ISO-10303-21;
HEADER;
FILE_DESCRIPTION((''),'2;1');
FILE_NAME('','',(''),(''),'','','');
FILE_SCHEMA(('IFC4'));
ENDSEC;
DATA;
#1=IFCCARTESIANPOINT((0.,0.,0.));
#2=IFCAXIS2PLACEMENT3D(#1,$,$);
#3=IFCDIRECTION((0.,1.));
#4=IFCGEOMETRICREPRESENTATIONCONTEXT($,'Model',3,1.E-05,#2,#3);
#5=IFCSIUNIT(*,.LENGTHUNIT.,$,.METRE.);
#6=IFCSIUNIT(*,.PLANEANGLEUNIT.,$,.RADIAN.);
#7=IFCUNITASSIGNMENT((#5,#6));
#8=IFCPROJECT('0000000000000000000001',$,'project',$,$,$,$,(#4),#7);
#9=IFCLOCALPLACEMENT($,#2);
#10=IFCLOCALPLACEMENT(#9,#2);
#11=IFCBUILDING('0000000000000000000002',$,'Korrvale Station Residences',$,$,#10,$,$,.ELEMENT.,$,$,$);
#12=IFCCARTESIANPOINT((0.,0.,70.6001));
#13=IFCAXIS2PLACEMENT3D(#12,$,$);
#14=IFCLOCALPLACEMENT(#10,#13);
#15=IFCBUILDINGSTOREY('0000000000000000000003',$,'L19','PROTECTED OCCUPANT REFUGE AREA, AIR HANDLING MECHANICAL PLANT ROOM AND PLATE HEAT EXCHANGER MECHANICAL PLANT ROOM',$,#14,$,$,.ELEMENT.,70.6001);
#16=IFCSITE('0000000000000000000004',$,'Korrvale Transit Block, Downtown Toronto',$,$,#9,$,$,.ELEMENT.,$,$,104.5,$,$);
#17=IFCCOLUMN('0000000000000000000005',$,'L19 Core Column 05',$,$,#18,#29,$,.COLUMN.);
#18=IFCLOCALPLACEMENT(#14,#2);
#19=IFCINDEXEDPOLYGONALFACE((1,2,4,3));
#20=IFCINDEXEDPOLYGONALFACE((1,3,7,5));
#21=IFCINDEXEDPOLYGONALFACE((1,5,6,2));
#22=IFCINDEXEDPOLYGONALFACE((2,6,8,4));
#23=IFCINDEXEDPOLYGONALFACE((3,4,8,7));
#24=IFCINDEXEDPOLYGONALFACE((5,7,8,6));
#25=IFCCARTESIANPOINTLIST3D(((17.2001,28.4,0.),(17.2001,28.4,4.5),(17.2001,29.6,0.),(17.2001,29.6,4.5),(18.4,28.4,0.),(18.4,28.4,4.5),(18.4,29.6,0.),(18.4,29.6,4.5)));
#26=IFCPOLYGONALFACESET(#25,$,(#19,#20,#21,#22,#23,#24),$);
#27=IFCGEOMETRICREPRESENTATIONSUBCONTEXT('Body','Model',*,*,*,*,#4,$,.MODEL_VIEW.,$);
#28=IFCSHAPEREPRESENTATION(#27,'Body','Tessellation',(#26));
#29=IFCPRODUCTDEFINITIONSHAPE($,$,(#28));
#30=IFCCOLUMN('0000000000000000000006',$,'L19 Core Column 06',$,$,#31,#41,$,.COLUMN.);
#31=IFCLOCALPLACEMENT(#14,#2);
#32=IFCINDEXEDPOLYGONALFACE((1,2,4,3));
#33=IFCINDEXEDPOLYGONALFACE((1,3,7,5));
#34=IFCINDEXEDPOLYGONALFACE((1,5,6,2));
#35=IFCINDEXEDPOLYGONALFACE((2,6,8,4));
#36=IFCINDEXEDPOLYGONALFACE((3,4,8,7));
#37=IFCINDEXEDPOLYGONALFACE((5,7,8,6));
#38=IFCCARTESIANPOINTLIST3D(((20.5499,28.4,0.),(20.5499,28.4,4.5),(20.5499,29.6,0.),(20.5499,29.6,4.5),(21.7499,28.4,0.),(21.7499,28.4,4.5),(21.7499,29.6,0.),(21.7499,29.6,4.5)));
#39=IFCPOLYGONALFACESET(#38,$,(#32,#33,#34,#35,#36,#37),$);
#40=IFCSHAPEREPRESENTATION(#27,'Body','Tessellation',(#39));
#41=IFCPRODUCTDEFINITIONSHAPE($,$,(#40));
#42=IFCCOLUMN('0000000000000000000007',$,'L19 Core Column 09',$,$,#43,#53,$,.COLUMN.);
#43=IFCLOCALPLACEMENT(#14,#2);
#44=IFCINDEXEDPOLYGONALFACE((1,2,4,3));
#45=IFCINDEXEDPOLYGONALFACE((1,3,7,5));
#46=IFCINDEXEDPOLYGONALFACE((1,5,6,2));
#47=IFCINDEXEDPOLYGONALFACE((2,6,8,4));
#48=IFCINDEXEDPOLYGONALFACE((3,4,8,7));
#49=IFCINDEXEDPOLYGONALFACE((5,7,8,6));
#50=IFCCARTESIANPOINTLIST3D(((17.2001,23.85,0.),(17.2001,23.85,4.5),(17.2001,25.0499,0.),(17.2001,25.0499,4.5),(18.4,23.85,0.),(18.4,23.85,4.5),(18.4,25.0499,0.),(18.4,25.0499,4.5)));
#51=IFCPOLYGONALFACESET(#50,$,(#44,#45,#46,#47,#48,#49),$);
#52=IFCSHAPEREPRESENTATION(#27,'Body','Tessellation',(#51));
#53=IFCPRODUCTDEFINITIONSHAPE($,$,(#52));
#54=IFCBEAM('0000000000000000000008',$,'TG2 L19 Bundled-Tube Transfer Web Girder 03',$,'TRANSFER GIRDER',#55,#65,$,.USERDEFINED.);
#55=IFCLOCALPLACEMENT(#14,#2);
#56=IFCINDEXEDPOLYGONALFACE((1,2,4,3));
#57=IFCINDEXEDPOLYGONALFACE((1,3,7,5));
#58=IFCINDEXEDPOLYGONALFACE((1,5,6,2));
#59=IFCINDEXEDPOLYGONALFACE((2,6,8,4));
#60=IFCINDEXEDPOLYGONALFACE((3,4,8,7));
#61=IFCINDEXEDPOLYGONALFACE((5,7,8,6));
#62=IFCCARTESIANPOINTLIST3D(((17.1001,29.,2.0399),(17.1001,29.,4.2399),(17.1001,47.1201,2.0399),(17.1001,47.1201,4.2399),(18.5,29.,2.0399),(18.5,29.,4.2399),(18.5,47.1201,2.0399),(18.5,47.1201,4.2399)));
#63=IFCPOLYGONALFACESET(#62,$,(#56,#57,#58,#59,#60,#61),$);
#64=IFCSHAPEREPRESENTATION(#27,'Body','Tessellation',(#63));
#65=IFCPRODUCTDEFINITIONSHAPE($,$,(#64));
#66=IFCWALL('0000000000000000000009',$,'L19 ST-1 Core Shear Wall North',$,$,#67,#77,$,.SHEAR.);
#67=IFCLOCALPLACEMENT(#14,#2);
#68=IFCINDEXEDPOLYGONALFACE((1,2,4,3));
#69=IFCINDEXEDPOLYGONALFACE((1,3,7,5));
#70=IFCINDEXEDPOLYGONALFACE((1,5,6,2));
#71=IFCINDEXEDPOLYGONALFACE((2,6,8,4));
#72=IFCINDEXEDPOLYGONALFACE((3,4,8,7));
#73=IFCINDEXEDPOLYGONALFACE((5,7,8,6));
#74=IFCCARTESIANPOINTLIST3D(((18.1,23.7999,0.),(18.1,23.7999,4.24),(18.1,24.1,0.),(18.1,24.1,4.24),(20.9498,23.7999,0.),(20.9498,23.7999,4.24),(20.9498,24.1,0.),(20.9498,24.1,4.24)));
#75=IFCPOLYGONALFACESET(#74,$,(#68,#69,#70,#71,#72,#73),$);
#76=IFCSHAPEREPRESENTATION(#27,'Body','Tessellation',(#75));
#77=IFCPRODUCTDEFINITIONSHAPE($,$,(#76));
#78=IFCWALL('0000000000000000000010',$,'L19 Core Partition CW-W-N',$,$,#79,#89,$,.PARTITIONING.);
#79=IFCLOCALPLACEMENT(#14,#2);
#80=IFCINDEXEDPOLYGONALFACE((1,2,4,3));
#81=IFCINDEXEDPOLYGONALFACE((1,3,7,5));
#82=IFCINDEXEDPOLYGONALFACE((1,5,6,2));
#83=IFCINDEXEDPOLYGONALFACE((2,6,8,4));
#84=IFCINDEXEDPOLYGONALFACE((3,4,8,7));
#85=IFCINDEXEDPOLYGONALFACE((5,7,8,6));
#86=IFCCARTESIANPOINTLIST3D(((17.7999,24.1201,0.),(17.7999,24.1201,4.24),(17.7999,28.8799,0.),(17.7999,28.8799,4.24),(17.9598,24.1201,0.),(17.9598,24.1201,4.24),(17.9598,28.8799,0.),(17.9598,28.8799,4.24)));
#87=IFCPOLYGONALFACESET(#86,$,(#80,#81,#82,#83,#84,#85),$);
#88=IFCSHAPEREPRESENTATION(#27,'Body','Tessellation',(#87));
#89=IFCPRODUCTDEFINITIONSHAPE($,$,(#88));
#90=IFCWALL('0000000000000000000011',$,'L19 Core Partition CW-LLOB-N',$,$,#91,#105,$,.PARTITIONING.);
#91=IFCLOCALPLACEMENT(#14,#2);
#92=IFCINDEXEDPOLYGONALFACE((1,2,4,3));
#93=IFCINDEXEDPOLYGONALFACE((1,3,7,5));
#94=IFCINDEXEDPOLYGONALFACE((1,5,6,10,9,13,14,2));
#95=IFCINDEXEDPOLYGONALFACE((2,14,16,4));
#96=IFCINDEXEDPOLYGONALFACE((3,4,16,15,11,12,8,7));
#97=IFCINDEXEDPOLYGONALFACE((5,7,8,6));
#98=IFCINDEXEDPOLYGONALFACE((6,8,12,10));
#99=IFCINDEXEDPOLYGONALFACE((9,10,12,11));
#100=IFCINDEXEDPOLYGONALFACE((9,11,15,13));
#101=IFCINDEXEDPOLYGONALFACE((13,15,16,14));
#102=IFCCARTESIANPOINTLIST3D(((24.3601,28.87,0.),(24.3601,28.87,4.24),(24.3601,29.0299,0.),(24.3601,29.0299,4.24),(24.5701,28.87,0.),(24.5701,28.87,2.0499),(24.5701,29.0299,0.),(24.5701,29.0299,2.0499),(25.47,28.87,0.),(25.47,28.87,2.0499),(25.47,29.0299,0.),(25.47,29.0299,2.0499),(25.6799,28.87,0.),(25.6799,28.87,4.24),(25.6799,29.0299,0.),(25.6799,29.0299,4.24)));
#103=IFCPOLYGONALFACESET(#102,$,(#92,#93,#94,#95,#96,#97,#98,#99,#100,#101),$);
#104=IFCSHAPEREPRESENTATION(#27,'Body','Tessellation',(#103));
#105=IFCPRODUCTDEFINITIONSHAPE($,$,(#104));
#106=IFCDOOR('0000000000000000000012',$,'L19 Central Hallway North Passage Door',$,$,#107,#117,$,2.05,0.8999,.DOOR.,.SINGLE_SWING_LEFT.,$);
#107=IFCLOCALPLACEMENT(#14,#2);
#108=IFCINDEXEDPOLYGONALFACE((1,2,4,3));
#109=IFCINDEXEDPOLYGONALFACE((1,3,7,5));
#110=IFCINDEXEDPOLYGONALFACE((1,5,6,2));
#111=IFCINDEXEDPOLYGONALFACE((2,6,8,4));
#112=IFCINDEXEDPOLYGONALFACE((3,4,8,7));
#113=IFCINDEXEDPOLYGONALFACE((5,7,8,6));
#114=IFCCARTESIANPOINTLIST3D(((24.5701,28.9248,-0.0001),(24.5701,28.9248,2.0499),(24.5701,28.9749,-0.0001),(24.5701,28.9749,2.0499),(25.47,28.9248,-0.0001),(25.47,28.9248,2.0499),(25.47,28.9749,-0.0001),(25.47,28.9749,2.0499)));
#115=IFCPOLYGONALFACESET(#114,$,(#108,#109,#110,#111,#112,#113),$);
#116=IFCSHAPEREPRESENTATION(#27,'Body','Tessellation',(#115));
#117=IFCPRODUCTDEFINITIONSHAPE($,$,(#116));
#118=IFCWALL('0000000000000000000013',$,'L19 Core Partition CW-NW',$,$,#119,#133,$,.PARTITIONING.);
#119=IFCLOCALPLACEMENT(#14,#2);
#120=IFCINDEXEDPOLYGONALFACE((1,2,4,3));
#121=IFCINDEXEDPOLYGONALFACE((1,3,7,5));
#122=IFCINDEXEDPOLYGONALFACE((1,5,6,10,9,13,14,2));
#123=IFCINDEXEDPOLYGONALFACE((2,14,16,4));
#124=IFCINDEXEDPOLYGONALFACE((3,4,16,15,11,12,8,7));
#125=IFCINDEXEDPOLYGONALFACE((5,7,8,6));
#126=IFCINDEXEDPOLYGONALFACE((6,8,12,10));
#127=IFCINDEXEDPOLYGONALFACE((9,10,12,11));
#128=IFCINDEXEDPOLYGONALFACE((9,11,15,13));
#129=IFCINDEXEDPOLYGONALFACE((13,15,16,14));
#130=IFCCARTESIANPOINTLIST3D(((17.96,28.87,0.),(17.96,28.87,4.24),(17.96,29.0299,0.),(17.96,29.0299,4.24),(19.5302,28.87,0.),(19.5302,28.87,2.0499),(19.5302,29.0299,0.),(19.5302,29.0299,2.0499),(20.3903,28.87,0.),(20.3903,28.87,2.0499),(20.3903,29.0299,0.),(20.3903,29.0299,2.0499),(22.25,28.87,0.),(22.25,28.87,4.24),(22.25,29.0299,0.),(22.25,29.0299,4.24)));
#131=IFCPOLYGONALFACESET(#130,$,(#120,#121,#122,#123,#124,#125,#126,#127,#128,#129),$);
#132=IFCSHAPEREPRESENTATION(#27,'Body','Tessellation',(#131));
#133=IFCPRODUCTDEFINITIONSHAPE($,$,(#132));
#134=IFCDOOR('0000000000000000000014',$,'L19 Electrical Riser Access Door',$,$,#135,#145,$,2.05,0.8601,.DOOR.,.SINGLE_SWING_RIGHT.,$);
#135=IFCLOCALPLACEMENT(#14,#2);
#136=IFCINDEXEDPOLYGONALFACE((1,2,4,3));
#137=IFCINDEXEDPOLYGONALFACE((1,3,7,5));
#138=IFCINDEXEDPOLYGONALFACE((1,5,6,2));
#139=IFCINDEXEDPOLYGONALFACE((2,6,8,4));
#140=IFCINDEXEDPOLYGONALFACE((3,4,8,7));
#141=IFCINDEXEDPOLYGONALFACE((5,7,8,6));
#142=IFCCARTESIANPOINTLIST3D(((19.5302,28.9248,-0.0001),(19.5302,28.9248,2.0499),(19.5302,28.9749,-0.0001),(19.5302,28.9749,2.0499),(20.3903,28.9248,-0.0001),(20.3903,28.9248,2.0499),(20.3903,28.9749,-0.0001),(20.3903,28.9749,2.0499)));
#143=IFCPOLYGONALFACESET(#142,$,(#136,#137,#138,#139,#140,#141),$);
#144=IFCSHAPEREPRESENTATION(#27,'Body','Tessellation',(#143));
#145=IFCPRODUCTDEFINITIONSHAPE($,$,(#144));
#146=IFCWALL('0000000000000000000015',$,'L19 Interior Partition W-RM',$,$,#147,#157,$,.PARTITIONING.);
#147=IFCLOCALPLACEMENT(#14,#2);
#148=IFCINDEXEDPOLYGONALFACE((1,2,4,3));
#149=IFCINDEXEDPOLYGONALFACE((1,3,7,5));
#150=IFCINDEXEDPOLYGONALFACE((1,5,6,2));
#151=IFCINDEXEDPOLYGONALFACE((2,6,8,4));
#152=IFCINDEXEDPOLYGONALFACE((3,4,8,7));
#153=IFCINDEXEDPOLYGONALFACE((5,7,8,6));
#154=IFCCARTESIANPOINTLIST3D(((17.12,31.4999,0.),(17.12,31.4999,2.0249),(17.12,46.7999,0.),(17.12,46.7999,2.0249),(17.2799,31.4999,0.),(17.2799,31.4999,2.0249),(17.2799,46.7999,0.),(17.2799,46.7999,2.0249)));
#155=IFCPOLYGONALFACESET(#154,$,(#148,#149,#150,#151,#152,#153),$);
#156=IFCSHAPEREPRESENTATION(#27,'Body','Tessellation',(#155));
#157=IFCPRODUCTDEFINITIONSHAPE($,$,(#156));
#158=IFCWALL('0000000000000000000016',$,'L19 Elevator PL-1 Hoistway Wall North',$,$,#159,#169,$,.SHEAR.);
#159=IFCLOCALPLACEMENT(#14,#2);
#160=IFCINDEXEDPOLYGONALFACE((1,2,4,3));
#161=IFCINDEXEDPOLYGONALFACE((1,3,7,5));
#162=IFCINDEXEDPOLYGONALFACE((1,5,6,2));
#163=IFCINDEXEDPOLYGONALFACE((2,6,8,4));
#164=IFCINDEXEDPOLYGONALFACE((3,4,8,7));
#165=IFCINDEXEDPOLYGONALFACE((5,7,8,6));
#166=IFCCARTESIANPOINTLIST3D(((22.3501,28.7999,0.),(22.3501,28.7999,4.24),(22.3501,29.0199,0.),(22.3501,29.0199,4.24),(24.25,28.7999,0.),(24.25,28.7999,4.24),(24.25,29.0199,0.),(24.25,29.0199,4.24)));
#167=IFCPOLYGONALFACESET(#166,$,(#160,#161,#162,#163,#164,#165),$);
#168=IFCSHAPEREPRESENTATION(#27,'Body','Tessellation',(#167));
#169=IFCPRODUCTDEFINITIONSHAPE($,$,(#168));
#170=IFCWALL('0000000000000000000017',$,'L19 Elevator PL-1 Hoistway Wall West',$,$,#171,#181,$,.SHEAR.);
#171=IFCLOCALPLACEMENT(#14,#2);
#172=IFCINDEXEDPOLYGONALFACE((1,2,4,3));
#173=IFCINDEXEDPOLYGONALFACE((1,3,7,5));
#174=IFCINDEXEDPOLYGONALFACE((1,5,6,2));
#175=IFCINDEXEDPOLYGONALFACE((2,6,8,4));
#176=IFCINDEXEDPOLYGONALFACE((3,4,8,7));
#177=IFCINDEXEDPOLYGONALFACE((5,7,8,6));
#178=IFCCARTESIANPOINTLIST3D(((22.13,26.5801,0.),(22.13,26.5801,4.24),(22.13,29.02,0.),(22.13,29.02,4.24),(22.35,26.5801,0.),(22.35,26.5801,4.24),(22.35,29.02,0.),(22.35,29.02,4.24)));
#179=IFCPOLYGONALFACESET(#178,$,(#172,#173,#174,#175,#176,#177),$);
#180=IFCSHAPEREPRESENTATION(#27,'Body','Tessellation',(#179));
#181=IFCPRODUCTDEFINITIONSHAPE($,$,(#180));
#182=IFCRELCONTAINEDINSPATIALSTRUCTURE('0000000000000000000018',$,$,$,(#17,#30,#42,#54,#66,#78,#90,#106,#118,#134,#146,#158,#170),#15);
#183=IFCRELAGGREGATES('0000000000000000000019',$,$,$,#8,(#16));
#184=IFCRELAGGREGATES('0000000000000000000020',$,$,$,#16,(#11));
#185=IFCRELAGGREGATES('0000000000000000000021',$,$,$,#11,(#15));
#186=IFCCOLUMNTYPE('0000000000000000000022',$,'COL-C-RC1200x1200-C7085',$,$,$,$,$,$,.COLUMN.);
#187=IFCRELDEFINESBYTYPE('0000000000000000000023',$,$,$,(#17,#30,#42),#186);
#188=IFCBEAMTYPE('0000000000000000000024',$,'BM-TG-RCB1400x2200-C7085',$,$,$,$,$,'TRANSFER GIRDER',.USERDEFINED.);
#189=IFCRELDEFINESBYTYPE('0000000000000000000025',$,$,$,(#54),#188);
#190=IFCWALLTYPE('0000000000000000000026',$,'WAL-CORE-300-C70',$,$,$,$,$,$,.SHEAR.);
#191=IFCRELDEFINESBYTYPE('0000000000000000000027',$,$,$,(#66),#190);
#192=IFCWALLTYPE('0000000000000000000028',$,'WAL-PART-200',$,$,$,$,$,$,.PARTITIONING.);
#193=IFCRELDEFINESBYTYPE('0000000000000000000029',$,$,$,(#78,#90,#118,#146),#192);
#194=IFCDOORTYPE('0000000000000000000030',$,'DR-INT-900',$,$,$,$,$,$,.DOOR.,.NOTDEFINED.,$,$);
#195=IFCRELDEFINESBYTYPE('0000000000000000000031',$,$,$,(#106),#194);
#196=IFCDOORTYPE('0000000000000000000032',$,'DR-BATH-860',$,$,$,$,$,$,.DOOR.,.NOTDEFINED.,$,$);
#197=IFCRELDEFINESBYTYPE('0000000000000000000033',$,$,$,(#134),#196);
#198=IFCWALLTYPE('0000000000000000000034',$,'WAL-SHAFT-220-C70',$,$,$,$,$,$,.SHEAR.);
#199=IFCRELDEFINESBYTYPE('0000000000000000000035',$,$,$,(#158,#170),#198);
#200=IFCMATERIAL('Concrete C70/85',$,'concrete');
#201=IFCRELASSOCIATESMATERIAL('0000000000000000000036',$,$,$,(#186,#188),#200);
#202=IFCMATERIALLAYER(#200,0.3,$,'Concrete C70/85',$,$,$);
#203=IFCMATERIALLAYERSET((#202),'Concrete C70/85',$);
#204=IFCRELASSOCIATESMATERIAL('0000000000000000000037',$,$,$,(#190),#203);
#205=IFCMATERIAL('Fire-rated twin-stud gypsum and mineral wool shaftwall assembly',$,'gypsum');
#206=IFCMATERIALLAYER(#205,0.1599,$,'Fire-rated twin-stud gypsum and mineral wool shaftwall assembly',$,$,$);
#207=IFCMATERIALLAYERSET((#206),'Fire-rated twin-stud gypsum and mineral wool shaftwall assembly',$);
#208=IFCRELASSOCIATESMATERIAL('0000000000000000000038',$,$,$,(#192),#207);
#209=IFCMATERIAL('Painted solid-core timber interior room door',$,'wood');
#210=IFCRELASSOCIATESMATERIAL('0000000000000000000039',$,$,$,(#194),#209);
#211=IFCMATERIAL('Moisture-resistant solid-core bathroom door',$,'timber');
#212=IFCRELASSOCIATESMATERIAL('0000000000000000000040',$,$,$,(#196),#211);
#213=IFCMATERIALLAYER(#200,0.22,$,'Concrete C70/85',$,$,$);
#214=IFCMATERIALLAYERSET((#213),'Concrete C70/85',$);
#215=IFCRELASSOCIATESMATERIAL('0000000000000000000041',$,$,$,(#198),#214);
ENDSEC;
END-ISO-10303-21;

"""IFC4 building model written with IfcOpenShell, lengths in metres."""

from ifc_helpers import new_model, si_unit, direction, frame, frame_2d, origin, origin_2d, place, context, subcontext, project, spatial, rectangle, extrude, material, layer, layer_set, material_profile, profile_set, type_object, element, fill, save


model = new_model("IFC4")

# Units and contexts
model_context = context("Model", 3, precision=1e-05, world=origin(), true_north=direction((0.0, 1.0)))
body_context = subcontext(model_context, "Body", "Model", "MODEL_VIEW")
ifc_project = project(units=[si_unit("LENGTHUNIT", "METRE"), si_unit("PLANEANGLEUNIT", "RADIAN")], contexts=[model_context])

# Site, building, storey
site_placement = place(None, origin())
site = spatial("IfcSite", under=ifc_project, at=site_placement, Name="Korrvale Transit Block, Downtown Toronto", CompositionType="ELEMENT", RefElevation=104.5)
building_placement = place(site_placement, origin())
building = spatial("IfcBuilding", under=site, at=building_placement, Name="Korrvale Station Residences", CompositionType="ELEMENT")
storey_placement = place(building_placement, frame((0.0, 0.0, 70.6001)))
storey = spatial("IfcBuildingStorey", under=building, at=storey_placement, Name="L19", Description="PROTECTED OCCUPANT REFUGE AREA, AIR HANDLING MECHANICAL PLANT ROOM AND PLATE HEAT EXCHANGER MECHANICAL PLANT ROOM", CompositionType="ELEMENT", Elevation=70.6001)

# Columns
ifc_material_1 = material(Name="Concrete C70/85", Category="concrete")
ifc_material_profile_1 = material_profile(ifc_material_1, rectangle(XDim=1.2, YDim=1.2, at=origin_2d()), Name="RC1200x1200")
ifc_profile_set_1 = profile_set([ifc_material_profile_1], Name="Concrete C70/85")
column_type = type_object("IfcColumnType", Name="COL-C-RC1200x1200-C7085", PredefinedType="COLUMN", material=ifc_profile_set_1)
for number, where, z_axis, x_axis, name in (
    (1, (17.8, 29.0, 0.0), (0.0, 0.0, 1.0), (1.0, 0.0, 0.0), "L19 Core Column 05"),
    (2, (21.1499, 29.0, 0.0), (0.0, 0.0, 1.0), (1.0, 0.0, 0.0), "L19 Core Column 06"),
    (3, (17.8, 24.45, 0.0), (0.0, 0.0, 1.0), (1.0, 0.0, 0.0), "L19 Core Column 09"),
):
    element("IfcColumn", number, at=place(storey_placement, frame(where, z_axis=z_axis, x_axis=x_axis)), inside=storey, type_object=column_type, Name=name, PredefinedType="COLUMN", context=body_context, shape_type="SweptSolid", body=[
        extrude(rectangle(XDim=1.2, YDim=1.2, at=origin_2d()), origin(), (0.0, 0.0, 1.0), 4.5),
    ])

# Beam
ifc_material_profile_2 = material_profile(ifc_material_1, rectangle(XDim=1.3999, YDim=2.2, at=origin_2d()), Name="RCB1400x2200")
ifc_profile_set_2 = profile_set([ifc_material_profile_2], Name="Concrete C70/85")
beam_type = type_object("IfcBeamType", Name="BM-TG-RCB1400x2200-C7085", ElementType="TRANSFER GIRDER", PredefinedType="USERDEFINED", material=ifc_profile_set_2)
beam_placement = place(storey_placement, frame((17.8, 29.0, 3.1399), z_axis=(0.0, 1.0, 0.0), x_axis=(-1.0, 0.0, 0.0)))
element("IfcBeam", 4, at=beam_placement, inside=storey, type_object=beam_type, Name="TG2 L19 Bundled-Tube Transfer Web Girder 03", ObjectType="TRANSFER GIRDER", PredefinedType="USERDEFINED", context=body_context, shape_type="SweptSolid", body=[
    extrude(rectangle(XDim=1.3999, YDim=2.2, at=origin_2d()), origin(), (0.0, 0.0, 1.0), 18.1201),
])

# Walls
ifc_layer_1 = layer(ifc_material_1, 0.3, Name="Concrete C70/85")
ifc_layer_set_1 = layer_set([ifc_layer_1], Name="Concrete C70/85")
wall_type_1 = type_object("IfcWallType", Name="WAL-CORE-300-C70", PredefinedType="SHEAR", material=ifc_layer_set_1)
wall_1_placement = place(storey_placement, frame((18.1001, 23.95, 0.0), z_axis=(0.0, 0.0, 1.0), x_axis=(1.0, 0.0, 0.0)))
element("IfcWall", 5, at=wall_1_placement, inside=storey, type_object=wall_type_1, Name="L19 ST-1 Core Shear Wall North", PredefinedType="SHEAR", context=body_context, shape_type="SweptSolid", body=[
    extrude(rectangle(XDim=2.8499, YDim=0.3, at=frame_2d((1.4248, 0.0))), origin(), (0.0, 0.0, 1.0), 4.24),
])
ifc_material_2 = material(Name="Fire-rated twin-stud gypsum and mineral wool shaftwall assembly", Category="gypsum")
ifc_layer_2 = layer(ifc_material_2, 0.1599, Name="Fire-rated twin-stud gypsum and mineral wool shaftwall assembly")
ifc_layer_set_2 = layer_set([ifc_layer_2], Name="Fire-rated twin-stud gypsum and mineral wool shaftwall assembly")
wall_type_2 = type_object("IfcWallType", Name="WAL-PART-200", PredefinedType="PARTITIONING", material=ifc_layer_set_2)
wall_2_placement = place(storey_placement, frame((17.8799, 24.1201, 0.0), z_axis=(0.0, 0.0, 1.0), x_axis=(0.0, 1.0, 0.0)))
element("IfcWall", 6, at=wall_2_placement, inside=storey, type_object=wall_type_2, Name="L19 Core Partition CW-W-N", PredefinedType="PARTITIONING", context=body_context, shape_type="SweptSolid", body=[
    extrude(rectangle(XDim=4.7598, YDim=0.1599, at=frame_2d((2.3799, 0.0))), origin(), (0.0, 0.0, 1.0), 4.24),
])

# Walls, openings, doors
wall_3_placement = place(storey_placement, frame((24.3601, 28.95, 0.0), z_axis=(0.0, 0.0, 1.0), x_axis=(1.0, 0.0, 0.0)))
wall_3 = element("IfcWall", 7, at=wall_3_placement, inside=storey, type_object=wall_type_2, Name="L19 Core Partition CW-LLOB-N", PredefinedType="PARTITIONING", context=body_context, shape_type="SweptSolid", body=[
    extrude(rectangle(XDim=1.3198, YDim=0.1599, at=frame_2d((0.6599, 0.0))), origin(), (0.0, 0.0, 1.0), 4.24),
])
opening_1_placement = place(wall_3_placement, frame((0.21, 0.0, 0.0)))
opening_1 = element("IfcOpeningElement", 8, at=opening_1_placement, cuts=wall_3, PredefinedType="OPENING", context=body_context, shape_type="SweptSolid", body=[
    extrude(rectangle(XDim=0.8999, YDim=2.05, at=frame_2d((0.45, 1.0249))), frame((0.0, 0.0898, 0.0), z_axis=(0.0, -1.0, 0.0), x_axis=(1.0, 0.0, 0.0)), (0.0, 0.0, 1.0), 0.1799),
])
ifc_material_3 = material(Name="Painted solid-core timber interior room door", Category="wood")
door_type_1 = type_object("IfcDoorType", Name="DR-INT-900", OperationType="NOTDEFINED", PredefinedType="DOOR", material=ifc_material_3)
door_1_placement = place(opening_1_placement, origin())
door_1 = element("IfcDoor", 9, at=door_1_placement, inside=storey, type_object=door_type_1, Name="L19 Central Hallway North Passage Door", OperationType="SINGLE_SWING_LEFT", OverallHeight=2.05, OverallWidth=0.8999, PredefinedType="DOOR", context=body_context, shape_type="SweptSolid", body=[
    extrude(rectangle(XDim=0.8999, YDim=2.05, at=frame_2d((0.45, 1.0249))), frame((0.0, 0.0249, 0.0), z_axis=(0.0, -1.0, 0.0), x_axis=(1.0, 0.0, 0.0)), (0.0, 0.0, 1.0), 0.05),
])
fill(opening_1, door_1)
wall_4_placement = place(storey_placement, frame((17.96, 28.95, 0.0), z_axis=(0.0, 0.0, 1.0), x_axis=(1.0, 0.0, 0.0)))
wall_4 = element("IfcWall", 10, at=wall_4_placement, inside=storey, type_object=wall_type_2, Name="L19 Core Partition CW-NW", PredefinedType="PARTITIONING", context=body_context, shape_type="SweptSolid", body=[
    extrude(rectangle(XDim=4.29, YDim=0.1599, at=frame_2d((2.145, 0.0))), origin(), (0.0, 0.0, 1.0), 4.24),
])
opening_2_placement = place(wall_4_placement, frame((1.5701, 0.0, 0.0)))
opening_2 = element("IfcOpeningElement", 11, at=opening_2_placement, cuts=wall_4, PredefinedType="OPENING", context=body_context, shape_type="SweptSolid", body=[
    extrude(rectangle(XDim=0.8601, YDim=2.05, at=frame_2d((0.4302, 1.0249))), frame((0.0, 0.0898, 0.0), z_axis=(0.0, -1.0, 0.0), x_axis=(1.0, 0.0, 0.0)), (0.0, 0.0, 1.0), 0.1799),
])
ifc_material_4 = material(Name="Moisture-resistant solid-core bathroom door", Category="timber")
door_type_2 = type_object("IfcDoorType", Name="DR-BATH-860", OperationType="NOTDEFINED", PredefinedType="DOOR", material=ifc_material_4)
door_2_placement = place(opening_2_placement, origin())
door_2 = element("IfcDoor", 12, at=door_2_placement, inside=storey, type_object=door_type_2, Name="L19 Electrical Riser Access Door", OperationType="SINGLE_SWING_RIGHT", OverallHeight=2.05, OverallWidth=0.8601, PredefinedType="DOOR", context=body_context, shape_type="SweptSolid", body=[
    extrude(rectangle(XDim=0.8601, YDim=2.05, at=frame_2d((0.4302, 1.0249))), frame((0.0, 0.0249, 0.0), z_axis=(0.0, -1.0, 0.0), x_axis=(1.0, 0.0, 0.0)), (0.0, 0.0, 1.0), 0.05),
])
fill(opening_2, door_2)

# Wall
wall_5_placement = place(storey_placement, frame((17.2, 31.5, 0.0), z_axis=(0.0, 0.0, 1.0), x_axis=(0.0, 1.0, 0.0)))
element("IfcWall", 13, at=wall_5_placement, inside=storey, type_object=wall_type_2, Name="L19 Interior Partition W-RM", PredefinedType="PARTITIONING", context=body_context, shape_type="SweptSolid", body=[
    extrude(rectangle(XDim=15.3, YDim=0.1599, at=frame_2d((7.6499, 0.0))), origin(), (0.0, 0.0, 1.0), 2.0249),
])

# Shared definitions
ifc_layer_3 = layer(ifc_material_1, 0.22, Name="Concrete C70/85")
ifc_layer_set_3 = layer_set([ifc_layer_3], Name="Concrete C70/85")
wall_type_3 = type_object("IfcWallType", Name="WAL-SHAFT-220-C70", PredefinedType="SHEAR", material=ifc_layer_set_3)

# Walls
wall_6_placement = place(storey_placement, frame((22.3501, 28.9099, 0.0), z_axis=(0.0, 0.0, 1.0), x_axis=(1.0, 0.0, 0.0)))
element("IfcWall", 14, at=wall_6_placement, inside=storey, type_object=wall_type_3, Name="L19 Elevator PL-1 Hoistway Wall North", PredefinedType="SHEAR", context=body_context, shape_type="SweptSolid", body=[
    extrude(rectangle(XDim=1.8999, YDim=0.22, at=frame_2d((0.95, 0.0))), origin(), (0.0, 0.0, 1.0), 4.24),
])
for number, where, z_axis, x_axis, name in (
    (15, (22.24, 26.5801, 0.0), (0.0, 0.0, 1.0), (0.0, 1.0, 0.0), "L19 Elevator PL-1 Hoistway Wall West"),
):
    element("IfcWall", number, at=place(storey_placement, frame(where, z_axis=z_axis, x_axis=x_axis)), inside=storey, type_object=wall_type_3, Name=name, PredefinedType="SHEAR", context=body_context, shape_type="SweptSolid", body=[
        extrude(rectangle(XDim=2.4399, YDim=0.22, at=frame_2d((1.22, 0.0))), origin(), (0.0, 0.0, 1.0), 4.24),
    ])

save(model, "model.ifc")
